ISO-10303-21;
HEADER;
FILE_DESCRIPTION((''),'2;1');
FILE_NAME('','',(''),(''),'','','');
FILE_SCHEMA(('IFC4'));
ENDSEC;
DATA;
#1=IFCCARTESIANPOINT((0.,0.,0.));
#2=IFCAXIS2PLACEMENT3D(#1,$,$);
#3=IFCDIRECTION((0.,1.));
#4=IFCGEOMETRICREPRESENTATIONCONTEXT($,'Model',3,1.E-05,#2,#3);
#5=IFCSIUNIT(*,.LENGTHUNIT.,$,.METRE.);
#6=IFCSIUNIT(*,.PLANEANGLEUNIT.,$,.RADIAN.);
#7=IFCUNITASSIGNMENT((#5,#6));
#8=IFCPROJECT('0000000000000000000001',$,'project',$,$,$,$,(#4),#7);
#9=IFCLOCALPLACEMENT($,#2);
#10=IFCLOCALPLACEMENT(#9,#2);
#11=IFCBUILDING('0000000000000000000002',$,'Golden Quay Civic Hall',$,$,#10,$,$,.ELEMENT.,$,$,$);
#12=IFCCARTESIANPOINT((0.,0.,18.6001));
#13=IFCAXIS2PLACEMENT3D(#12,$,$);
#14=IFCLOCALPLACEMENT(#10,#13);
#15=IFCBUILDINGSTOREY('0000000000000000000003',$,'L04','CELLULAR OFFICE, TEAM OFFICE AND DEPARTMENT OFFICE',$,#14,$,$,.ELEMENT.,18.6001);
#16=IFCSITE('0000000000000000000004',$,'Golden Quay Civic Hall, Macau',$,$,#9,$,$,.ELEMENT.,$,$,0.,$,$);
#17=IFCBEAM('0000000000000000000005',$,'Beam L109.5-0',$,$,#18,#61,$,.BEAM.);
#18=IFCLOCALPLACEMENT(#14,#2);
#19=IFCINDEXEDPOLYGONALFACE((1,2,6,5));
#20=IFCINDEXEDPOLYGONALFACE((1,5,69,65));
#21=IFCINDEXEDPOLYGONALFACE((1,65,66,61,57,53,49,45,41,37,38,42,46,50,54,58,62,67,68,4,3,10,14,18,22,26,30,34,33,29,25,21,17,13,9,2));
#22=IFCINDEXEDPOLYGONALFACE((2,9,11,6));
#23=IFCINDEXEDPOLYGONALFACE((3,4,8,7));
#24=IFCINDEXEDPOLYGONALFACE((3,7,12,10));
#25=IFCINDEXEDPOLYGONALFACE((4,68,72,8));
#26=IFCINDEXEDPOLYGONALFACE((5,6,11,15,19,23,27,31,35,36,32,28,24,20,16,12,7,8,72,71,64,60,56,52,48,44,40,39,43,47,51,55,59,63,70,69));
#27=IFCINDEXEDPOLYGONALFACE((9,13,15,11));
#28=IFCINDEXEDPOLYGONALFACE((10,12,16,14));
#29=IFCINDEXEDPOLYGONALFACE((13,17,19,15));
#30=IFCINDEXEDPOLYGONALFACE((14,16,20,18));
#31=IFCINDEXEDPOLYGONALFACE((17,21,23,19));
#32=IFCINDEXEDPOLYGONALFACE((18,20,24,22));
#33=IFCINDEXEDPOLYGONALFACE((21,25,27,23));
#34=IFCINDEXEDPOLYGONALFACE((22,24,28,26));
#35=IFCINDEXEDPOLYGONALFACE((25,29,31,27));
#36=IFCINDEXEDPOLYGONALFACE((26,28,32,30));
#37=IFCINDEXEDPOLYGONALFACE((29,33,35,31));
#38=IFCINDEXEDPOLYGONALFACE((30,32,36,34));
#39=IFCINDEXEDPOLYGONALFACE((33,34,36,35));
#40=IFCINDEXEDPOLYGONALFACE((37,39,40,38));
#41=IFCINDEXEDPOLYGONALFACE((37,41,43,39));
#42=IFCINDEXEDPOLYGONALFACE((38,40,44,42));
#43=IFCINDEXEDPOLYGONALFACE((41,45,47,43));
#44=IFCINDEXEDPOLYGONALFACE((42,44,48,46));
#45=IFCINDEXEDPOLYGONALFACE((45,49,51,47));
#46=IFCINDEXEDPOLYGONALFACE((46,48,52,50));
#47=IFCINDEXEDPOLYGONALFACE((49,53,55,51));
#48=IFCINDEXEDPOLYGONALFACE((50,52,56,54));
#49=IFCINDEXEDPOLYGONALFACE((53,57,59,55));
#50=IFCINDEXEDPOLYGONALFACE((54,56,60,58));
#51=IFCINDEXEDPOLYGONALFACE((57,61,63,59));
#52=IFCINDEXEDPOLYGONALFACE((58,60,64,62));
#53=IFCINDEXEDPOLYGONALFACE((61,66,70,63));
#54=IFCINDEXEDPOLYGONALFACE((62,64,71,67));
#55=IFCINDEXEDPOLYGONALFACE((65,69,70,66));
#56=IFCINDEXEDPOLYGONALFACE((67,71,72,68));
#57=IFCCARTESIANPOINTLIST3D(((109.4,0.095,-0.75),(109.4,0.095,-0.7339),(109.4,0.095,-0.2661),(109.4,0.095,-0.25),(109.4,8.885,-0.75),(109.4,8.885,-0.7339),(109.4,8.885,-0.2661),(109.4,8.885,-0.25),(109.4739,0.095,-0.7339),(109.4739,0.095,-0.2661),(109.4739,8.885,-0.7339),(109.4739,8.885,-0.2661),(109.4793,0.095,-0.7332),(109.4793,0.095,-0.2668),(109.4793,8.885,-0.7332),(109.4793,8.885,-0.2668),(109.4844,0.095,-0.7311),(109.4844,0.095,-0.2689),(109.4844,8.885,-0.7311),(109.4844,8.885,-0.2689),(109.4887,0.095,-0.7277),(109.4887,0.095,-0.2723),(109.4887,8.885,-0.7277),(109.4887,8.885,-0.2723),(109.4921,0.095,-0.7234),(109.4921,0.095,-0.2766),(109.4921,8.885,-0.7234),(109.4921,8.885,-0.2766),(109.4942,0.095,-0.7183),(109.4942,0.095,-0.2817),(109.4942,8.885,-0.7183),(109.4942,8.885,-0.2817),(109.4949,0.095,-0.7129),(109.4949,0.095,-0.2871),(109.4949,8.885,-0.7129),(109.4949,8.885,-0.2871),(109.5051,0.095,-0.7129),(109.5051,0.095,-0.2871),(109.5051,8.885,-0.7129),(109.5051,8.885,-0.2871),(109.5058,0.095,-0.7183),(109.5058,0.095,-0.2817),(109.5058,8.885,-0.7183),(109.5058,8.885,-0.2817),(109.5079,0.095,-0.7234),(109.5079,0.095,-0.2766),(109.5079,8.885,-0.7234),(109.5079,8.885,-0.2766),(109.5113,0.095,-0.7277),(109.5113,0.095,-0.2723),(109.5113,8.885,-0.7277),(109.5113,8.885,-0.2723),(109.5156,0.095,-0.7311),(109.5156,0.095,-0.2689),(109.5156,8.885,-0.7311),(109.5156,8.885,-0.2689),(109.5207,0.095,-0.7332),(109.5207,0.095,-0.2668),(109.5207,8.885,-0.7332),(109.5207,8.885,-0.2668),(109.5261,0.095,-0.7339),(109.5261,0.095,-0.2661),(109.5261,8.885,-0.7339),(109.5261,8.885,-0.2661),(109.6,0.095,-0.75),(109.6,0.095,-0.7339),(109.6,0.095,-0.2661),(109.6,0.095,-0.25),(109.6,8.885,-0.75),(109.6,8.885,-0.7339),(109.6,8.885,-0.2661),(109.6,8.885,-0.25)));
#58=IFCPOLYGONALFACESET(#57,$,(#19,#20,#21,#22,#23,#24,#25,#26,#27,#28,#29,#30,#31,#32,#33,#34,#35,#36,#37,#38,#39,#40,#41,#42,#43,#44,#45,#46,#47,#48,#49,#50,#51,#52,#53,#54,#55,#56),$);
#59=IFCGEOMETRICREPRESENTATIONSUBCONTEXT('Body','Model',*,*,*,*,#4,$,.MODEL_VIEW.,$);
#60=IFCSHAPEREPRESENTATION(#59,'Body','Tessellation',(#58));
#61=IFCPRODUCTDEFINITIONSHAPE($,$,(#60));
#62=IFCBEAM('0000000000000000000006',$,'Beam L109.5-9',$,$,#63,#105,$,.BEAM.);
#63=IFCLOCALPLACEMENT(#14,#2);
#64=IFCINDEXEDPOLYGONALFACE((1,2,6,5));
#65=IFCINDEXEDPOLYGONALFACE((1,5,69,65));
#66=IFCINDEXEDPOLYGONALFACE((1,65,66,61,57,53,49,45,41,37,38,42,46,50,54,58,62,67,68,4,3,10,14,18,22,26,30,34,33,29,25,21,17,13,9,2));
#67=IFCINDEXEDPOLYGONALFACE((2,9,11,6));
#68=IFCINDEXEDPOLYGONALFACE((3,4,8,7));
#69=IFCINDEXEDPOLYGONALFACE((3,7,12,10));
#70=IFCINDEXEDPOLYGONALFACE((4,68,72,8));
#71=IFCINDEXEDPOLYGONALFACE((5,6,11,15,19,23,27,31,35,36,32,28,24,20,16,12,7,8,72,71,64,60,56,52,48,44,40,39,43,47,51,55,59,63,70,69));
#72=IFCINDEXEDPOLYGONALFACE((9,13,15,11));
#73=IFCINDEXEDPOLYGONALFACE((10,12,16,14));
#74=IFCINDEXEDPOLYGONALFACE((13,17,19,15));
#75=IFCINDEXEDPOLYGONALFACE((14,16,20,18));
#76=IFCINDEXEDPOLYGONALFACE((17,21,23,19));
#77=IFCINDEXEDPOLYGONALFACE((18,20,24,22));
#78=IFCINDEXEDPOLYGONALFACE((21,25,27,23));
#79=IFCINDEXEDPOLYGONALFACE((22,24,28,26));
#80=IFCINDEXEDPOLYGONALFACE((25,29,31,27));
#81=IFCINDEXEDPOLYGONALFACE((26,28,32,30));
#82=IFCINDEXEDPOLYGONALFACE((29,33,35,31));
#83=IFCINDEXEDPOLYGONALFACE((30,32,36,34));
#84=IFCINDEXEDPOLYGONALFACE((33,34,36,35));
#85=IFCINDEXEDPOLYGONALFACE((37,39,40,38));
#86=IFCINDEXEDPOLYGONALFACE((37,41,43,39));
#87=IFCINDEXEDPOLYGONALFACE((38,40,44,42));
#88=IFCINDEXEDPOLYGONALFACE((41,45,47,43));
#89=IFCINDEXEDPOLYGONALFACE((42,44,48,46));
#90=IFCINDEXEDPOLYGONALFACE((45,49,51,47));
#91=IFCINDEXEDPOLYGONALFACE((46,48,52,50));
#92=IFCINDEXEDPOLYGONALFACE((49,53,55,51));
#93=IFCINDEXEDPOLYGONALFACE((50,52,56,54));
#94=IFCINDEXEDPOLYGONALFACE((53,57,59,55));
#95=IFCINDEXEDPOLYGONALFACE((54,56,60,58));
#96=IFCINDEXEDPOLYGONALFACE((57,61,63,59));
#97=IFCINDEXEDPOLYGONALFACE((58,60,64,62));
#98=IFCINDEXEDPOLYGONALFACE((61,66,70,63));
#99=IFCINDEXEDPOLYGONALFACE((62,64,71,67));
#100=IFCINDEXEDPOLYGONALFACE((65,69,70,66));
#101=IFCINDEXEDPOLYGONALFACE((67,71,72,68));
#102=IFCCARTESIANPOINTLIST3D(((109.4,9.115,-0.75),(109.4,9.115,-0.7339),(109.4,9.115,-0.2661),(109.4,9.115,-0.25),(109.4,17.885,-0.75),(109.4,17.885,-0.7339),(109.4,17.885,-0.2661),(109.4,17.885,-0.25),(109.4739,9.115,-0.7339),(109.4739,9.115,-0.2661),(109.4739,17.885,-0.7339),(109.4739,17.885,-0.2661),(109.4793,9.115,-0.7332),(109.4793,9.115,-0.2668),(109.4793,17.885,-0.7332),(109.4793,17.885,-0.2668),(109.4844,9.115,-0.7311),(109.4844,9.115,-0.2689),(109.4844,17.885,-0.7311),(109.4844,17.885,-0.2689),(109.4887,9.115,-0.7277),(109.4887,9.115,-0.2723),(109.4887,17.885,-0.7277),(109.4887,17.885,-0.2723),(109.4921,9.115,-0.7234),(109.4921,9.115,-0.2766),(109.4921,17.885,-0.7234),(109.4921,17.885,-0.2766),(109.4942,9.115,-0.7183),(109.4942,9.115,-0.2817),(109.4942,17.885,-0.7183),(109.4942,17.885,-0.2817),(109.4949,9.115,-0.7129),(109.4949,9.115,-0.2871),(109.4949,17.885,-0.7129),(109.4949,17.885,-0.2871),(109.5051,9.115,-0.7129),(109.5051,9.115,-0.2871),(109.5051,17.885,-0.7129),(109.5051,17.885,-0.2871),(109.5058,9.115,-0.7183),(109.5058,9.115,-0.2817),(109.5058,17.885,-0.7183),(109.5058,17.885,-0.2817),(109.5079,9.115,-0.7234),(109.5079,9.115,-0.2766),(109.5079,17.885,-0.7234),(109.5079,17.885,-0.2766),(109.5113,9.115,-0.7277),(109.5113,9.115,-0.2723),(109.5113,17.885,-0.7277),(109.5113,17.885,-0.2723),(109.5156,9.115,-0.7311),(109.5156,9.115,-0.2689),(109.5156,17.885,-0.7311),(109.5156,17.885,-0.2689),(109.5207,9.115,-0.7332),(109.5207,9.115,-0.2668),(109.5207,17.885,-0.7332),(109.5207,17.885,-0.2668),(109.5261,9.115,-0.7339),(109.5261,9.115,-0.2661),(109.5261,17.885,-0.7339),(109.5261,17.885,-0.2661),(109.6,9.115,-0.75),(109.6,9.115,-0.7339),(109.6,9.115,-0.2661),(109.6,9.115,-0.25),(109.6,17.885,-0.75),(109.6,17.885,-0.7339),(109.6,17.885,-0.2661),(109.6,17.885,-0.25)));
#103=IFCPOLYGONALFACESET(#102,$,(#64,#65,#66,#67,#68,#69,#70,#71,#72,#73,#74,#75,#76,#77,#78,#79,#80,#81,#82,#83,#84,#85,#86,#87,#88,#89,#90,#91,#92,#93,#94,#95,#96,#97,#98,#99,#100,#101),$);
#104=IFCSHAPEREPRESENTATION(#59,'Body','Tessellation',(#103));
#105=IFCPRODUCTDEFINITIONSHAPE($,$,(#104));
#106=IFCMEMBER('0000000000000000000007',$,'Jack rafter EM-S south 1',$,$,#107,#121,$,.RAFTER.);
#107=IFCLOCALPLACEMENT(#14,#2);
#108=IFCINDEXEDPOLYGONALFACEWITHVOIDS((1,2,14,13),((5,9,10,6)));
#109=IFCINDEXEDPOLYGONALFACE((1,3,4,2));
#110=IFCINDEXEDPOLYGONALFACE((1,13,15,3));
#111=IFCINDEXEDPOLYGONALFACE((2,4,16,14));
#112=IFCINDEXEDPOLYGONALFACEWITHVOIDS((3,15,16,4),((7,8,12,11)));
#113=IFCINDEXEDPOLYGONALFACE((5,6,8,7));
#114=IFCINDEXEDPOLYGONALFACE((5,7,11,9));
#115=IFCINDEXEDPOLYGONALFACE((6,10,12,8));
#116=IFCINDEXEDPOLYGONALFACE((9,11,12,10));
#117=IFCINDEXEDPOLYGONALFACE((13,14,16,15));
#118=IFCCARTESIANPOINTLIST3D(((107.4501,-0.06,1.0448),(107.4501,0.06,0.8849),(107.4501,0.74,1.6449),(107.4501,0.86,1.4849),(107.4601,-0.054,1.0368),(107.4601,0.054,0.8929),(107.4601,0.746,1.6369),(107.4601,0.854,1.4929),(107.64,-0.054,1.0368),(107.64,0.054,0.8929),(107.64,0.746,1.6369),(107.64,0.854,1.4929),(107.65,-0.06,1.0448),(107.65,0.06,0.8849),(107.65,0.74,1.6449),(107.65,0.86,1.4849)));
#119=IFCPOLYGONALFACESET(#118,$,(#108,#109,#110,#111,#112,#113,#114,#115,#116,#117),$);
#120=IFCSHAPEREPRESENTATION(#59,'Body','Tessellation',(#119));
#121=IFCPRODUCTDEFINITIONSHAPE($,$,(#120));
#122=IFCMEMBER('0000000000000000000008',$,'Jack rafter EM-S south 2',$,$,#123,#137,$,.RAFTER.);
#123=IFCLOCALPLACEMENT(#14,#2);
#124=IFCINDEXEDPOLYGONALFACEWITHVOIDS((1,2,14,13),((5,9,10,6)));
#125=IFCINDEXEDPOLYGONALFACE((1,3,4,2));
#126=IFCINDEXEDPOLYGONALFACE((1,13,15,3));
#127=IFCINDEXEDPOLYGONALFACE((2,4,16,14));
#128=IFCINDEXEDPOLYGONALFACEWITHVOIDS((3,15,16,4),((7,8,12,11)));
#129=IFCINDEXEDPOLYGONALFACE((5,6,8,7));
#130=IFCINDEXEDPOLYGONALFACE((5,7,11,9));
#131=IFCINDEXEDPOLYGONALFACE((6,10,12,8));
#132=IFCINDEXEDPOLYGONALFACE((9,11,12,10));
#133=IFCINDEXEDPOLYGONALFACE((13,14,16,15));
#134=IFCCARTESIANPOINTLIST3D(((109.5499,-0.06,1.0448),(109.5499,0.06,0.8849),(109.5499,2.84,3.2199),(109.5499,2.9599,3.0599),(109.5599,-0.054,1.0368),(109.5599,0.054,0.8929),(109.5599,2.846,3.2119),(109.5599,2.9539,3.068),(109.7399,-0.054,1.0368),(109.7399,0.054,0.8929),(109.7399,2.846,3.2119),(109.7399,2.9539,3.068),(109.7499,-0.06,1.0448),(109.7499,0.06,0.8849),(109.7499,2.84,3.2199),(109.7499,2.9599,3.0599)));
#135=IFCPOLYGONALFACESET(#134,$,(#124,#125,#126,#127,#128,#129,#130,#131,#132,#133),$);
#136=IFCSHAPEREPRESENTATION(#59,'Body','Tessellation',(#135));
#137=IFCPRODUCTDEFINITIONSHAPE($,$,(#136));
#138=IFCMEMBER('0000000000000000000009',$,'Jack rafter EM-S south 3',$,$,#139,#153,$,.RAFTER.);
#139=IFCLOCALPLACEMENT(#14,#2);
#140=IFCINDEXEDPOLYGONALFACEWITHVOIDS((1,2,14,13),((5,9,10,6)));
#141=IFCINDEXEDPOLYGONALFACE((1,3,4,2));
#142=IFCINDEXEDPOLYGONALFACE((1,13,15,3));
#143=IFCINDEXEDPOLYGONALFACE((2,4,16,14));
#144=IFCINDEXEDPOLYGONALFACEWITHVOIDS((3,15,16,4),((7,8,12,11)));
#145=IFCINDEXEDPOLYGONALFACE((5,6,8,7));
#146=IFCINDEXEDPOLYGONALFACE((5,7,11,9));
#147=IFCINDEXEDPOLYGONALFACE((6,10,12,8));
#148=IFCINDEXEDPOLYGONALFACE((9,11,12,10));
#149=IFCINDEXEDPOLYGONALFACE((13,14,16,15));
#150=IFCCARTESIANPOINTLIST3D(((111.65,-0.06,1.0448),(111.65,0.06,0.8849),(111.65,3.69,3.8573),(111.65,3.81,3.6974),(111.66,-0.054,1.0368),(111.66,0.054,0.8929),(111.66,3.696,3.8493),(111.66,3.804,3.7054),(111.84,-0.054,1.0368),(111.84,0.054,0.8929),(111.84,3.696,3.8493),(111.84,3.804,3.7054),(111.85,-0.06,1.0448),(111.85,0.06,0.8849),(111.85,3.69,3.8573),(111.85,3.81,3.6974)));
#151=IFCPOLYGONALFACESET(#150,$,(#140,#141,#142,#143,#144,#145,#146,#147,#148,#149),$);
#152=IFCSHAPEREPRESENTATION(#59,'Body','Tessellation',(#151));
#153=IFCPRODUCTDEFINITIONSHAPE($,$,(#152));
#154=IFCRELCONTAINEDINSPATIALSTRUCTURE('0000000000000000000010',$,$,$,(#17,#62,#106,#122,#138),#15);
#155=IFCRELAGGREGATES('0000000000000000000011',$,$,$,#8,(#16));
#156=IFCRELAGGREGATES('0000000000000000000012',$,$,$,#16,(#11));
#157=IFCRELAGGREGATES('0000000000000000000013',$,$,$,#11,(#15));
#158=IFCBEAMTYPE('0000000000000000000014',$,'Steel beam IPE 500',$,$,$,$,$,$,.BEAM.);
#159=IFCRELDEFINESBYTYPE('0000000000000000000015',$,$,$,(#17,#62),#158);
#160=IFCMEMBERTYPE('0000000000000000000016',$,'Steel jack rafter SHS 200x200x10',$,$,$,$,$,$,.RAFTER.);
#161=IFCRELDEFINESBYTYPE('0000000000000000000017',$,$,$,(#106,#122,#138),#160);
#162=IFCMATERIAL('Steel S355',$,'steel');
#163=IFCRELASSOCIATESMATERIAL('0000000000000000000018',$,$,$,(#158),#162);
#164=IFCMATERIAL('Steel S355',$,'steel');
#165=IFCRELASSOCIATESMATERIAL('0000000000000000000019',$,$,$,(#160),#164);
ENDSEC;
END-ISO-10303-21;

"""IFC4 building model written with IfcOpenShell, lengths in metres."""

from ifc_helpers import new_model, si_unit, direction, frame, origin, origin_2d, place, context, subcontext, project, spatial, hollow_rectangle, i_section, extrude, material, material_profile, profile_set, type_object, element, save


model = new_model("IFC4")

# Units and contexts
model_context = context("Model", 3, precision=1e-05, world=origin(), true_north=direction((0.0, 1.0)))
body_context = subcontext(model_context, "Body", "Model", "MODEL_VIEW")
ifc_project = project(units=[si_unit("LENGTHUNIT", "METRE"), si_unit("PLANEANGLEUNIT", "RADIAN")], contexts=[model_context])

# Site, building, storey
site_placement = place(None, origin())
site = spatial("IfcSite", under=ifc_project, at=site_placement, Name="Golden Quay Civic Hall, Macau", CompositionType="ELEMENT", RefElevation=0.0)
building_placement = place(site_placement, origin())
building = spatial("IfcBuilding", under=site, at=building_placement, Name="Golden Quay Civic Hall", CompositionType="ELEMENT")
storey_placement = place(building_placement, frame((0.0, 0.0, 18.6001)))
storey = spatial("IfcBuildingStorey", under=building, at=storey_placement, Name="L04", Description="CELLULAR OFFICE, TEAM OFFICE AND DEPARTMENT OFFICE", CompositionType="ELEMENT", Elevation=18.6001)

# Beams
ifc_material_1 = material(Name="Steel S355", Category="steel")
ifc_material_profile_1 = material_profile(ifc_material_1, i_section(OverallWidth=0.2, OverallDepth=0.5, WebThickness=0.0103, FlangeThickness=0.0161, FilletRadius=0.021, at=origin_2d()), Name="IPE 500")
ifc_profile_set_1 = profile_set([ifc_material_profile_1], Name="Steel S355")
beam_type_1 = type_object("IfcBeamType", Name="Steel beam IPE 500", PredefinedType="BEAM", material=ifc_profile_set_1)
beam_1_placement = place(storey_placement, frame((109.5, 0.095, -0.5), z_axis=(0.0, 1.0, 0.0), x_axis=(-1.0, 0.0, 0.0)))
element("IfcBeam", 1, at=beam_1_placement, inside=storey, type_object=beam_type_1, Name="Beam L109.5-0", PredefinedType="BEAM", context=body_context, shape_type="SweptSolid", body=[
    extrude(i_section(OverallWidth=0.2, OverallDepth=0.5, WebThickness=0.0103, FlangeThickness=0.0161, FilletRadius=0.021, at=origin_2d()), origin(), (0.0, 0.0, 1.0), 8.79),
])
beam_2_placement = place(storey_placement, frame((109.5, 9.115, -0.5), z_axis=(0.0, 1.0, 0.0), x_axis=(-1.0, 0.0, 0.0)))
element("IfcBeam", 2, at=beam_2_placement, inside=storey, type_object=beam_type_1, Name="Beam L109.5-9", PredefinedType="BEAM", context=body_context, shape_type="SweptSolid", body=[
    extrude(i_section(OverallWidth=0.2, OverallDepth=0.5, WebThickness=0.0103, FlangeThickness=0.0161, FilletRadius=0.021, at=origin_2d()), origin(), (0.0, 0.0, 1.0), 8.77),
])

# Members
ifc_material_2 = material(Name="Steel S355", Category="steel")
ifc_material_profile_2 = material_profile(ifc_material_2, hollow_rectangle(XDim=0.2, YDim=0.2, WallThickness=0.01, at=origin_2d()), Name="SHS 200x200x10")
ifc_profile_set_2 = profile_set([ifc_material_profile_2], Name="Steel S355")
member_type_1 = type_object("IfcMemberType", Name="Steel jack rafter SHS 200x200x10", PredefinedType="RAFTER", material=ifc_profile_set_2)
member_1_placement = place(storey_placement, frame((107.55, 0.0, 0.9648), z_axis=(0.0, 0.799971, 0.600039), x_axis=(-1.0, 0.0, 0.0)))
element("IfcMember", 3, at=member_1_placement, inside=storey, type_object=member_type_1, Name="Jack rafter EM-S south 1", PredefinedType="RAFTER", context=body_context, shape_type="SweptSolid", body=[
    extrude(hollow_rectangle(XDim=0.2, YDim=0.2, WallThickness=0.01, at=origin_2d()), origin(), (0.0, 0.0, 1.0), 1.0),
])
member_2_placement = place(storey_placement, frame((109.6499, 0.0, 0.9648), z_axis=(0.0, 0.799984, 0.600022), x_axis=(-1.0, 0.0, 0.0)))
element("IfcMember", 4, at=member_2_placement, inside=storey, type_object=member_type_1, Name="Jack rafter EM-S south 2", PredefinedType="RAFTER", context=body_context, shape_type="SweptSolid", body=[
    extrude(hollow_rectangle(XDim=0.2, YDim=0.2, WallThickness=0.01, at=origin_2d()), origin(), (0.0, 0.0, 1.0), 3.625),
])
member_3_placement = place(storey_placement, frame((111.75, 0.0, 0.9648), z_axis=(0.0, 0.8, 0.6), x_axis=(-1.0, 0.0, 0.0)))
element("IfcMember", 5, at=member_3_placement, inside=storey, type_object=member_type_1, Name="Jack rafter EM-S south 3", PredefinedType="RAFTER", context=body_context, shape_type="SweptSolid", body=[
    extrude(hollow_rectangle(XDim=0.2, YDim=0.2, WallThickness=0.01, at=origin_2d()), origin(), (0.0, 0.0, 1.0), 4.6875),
])

save(model, "model.ifc")
